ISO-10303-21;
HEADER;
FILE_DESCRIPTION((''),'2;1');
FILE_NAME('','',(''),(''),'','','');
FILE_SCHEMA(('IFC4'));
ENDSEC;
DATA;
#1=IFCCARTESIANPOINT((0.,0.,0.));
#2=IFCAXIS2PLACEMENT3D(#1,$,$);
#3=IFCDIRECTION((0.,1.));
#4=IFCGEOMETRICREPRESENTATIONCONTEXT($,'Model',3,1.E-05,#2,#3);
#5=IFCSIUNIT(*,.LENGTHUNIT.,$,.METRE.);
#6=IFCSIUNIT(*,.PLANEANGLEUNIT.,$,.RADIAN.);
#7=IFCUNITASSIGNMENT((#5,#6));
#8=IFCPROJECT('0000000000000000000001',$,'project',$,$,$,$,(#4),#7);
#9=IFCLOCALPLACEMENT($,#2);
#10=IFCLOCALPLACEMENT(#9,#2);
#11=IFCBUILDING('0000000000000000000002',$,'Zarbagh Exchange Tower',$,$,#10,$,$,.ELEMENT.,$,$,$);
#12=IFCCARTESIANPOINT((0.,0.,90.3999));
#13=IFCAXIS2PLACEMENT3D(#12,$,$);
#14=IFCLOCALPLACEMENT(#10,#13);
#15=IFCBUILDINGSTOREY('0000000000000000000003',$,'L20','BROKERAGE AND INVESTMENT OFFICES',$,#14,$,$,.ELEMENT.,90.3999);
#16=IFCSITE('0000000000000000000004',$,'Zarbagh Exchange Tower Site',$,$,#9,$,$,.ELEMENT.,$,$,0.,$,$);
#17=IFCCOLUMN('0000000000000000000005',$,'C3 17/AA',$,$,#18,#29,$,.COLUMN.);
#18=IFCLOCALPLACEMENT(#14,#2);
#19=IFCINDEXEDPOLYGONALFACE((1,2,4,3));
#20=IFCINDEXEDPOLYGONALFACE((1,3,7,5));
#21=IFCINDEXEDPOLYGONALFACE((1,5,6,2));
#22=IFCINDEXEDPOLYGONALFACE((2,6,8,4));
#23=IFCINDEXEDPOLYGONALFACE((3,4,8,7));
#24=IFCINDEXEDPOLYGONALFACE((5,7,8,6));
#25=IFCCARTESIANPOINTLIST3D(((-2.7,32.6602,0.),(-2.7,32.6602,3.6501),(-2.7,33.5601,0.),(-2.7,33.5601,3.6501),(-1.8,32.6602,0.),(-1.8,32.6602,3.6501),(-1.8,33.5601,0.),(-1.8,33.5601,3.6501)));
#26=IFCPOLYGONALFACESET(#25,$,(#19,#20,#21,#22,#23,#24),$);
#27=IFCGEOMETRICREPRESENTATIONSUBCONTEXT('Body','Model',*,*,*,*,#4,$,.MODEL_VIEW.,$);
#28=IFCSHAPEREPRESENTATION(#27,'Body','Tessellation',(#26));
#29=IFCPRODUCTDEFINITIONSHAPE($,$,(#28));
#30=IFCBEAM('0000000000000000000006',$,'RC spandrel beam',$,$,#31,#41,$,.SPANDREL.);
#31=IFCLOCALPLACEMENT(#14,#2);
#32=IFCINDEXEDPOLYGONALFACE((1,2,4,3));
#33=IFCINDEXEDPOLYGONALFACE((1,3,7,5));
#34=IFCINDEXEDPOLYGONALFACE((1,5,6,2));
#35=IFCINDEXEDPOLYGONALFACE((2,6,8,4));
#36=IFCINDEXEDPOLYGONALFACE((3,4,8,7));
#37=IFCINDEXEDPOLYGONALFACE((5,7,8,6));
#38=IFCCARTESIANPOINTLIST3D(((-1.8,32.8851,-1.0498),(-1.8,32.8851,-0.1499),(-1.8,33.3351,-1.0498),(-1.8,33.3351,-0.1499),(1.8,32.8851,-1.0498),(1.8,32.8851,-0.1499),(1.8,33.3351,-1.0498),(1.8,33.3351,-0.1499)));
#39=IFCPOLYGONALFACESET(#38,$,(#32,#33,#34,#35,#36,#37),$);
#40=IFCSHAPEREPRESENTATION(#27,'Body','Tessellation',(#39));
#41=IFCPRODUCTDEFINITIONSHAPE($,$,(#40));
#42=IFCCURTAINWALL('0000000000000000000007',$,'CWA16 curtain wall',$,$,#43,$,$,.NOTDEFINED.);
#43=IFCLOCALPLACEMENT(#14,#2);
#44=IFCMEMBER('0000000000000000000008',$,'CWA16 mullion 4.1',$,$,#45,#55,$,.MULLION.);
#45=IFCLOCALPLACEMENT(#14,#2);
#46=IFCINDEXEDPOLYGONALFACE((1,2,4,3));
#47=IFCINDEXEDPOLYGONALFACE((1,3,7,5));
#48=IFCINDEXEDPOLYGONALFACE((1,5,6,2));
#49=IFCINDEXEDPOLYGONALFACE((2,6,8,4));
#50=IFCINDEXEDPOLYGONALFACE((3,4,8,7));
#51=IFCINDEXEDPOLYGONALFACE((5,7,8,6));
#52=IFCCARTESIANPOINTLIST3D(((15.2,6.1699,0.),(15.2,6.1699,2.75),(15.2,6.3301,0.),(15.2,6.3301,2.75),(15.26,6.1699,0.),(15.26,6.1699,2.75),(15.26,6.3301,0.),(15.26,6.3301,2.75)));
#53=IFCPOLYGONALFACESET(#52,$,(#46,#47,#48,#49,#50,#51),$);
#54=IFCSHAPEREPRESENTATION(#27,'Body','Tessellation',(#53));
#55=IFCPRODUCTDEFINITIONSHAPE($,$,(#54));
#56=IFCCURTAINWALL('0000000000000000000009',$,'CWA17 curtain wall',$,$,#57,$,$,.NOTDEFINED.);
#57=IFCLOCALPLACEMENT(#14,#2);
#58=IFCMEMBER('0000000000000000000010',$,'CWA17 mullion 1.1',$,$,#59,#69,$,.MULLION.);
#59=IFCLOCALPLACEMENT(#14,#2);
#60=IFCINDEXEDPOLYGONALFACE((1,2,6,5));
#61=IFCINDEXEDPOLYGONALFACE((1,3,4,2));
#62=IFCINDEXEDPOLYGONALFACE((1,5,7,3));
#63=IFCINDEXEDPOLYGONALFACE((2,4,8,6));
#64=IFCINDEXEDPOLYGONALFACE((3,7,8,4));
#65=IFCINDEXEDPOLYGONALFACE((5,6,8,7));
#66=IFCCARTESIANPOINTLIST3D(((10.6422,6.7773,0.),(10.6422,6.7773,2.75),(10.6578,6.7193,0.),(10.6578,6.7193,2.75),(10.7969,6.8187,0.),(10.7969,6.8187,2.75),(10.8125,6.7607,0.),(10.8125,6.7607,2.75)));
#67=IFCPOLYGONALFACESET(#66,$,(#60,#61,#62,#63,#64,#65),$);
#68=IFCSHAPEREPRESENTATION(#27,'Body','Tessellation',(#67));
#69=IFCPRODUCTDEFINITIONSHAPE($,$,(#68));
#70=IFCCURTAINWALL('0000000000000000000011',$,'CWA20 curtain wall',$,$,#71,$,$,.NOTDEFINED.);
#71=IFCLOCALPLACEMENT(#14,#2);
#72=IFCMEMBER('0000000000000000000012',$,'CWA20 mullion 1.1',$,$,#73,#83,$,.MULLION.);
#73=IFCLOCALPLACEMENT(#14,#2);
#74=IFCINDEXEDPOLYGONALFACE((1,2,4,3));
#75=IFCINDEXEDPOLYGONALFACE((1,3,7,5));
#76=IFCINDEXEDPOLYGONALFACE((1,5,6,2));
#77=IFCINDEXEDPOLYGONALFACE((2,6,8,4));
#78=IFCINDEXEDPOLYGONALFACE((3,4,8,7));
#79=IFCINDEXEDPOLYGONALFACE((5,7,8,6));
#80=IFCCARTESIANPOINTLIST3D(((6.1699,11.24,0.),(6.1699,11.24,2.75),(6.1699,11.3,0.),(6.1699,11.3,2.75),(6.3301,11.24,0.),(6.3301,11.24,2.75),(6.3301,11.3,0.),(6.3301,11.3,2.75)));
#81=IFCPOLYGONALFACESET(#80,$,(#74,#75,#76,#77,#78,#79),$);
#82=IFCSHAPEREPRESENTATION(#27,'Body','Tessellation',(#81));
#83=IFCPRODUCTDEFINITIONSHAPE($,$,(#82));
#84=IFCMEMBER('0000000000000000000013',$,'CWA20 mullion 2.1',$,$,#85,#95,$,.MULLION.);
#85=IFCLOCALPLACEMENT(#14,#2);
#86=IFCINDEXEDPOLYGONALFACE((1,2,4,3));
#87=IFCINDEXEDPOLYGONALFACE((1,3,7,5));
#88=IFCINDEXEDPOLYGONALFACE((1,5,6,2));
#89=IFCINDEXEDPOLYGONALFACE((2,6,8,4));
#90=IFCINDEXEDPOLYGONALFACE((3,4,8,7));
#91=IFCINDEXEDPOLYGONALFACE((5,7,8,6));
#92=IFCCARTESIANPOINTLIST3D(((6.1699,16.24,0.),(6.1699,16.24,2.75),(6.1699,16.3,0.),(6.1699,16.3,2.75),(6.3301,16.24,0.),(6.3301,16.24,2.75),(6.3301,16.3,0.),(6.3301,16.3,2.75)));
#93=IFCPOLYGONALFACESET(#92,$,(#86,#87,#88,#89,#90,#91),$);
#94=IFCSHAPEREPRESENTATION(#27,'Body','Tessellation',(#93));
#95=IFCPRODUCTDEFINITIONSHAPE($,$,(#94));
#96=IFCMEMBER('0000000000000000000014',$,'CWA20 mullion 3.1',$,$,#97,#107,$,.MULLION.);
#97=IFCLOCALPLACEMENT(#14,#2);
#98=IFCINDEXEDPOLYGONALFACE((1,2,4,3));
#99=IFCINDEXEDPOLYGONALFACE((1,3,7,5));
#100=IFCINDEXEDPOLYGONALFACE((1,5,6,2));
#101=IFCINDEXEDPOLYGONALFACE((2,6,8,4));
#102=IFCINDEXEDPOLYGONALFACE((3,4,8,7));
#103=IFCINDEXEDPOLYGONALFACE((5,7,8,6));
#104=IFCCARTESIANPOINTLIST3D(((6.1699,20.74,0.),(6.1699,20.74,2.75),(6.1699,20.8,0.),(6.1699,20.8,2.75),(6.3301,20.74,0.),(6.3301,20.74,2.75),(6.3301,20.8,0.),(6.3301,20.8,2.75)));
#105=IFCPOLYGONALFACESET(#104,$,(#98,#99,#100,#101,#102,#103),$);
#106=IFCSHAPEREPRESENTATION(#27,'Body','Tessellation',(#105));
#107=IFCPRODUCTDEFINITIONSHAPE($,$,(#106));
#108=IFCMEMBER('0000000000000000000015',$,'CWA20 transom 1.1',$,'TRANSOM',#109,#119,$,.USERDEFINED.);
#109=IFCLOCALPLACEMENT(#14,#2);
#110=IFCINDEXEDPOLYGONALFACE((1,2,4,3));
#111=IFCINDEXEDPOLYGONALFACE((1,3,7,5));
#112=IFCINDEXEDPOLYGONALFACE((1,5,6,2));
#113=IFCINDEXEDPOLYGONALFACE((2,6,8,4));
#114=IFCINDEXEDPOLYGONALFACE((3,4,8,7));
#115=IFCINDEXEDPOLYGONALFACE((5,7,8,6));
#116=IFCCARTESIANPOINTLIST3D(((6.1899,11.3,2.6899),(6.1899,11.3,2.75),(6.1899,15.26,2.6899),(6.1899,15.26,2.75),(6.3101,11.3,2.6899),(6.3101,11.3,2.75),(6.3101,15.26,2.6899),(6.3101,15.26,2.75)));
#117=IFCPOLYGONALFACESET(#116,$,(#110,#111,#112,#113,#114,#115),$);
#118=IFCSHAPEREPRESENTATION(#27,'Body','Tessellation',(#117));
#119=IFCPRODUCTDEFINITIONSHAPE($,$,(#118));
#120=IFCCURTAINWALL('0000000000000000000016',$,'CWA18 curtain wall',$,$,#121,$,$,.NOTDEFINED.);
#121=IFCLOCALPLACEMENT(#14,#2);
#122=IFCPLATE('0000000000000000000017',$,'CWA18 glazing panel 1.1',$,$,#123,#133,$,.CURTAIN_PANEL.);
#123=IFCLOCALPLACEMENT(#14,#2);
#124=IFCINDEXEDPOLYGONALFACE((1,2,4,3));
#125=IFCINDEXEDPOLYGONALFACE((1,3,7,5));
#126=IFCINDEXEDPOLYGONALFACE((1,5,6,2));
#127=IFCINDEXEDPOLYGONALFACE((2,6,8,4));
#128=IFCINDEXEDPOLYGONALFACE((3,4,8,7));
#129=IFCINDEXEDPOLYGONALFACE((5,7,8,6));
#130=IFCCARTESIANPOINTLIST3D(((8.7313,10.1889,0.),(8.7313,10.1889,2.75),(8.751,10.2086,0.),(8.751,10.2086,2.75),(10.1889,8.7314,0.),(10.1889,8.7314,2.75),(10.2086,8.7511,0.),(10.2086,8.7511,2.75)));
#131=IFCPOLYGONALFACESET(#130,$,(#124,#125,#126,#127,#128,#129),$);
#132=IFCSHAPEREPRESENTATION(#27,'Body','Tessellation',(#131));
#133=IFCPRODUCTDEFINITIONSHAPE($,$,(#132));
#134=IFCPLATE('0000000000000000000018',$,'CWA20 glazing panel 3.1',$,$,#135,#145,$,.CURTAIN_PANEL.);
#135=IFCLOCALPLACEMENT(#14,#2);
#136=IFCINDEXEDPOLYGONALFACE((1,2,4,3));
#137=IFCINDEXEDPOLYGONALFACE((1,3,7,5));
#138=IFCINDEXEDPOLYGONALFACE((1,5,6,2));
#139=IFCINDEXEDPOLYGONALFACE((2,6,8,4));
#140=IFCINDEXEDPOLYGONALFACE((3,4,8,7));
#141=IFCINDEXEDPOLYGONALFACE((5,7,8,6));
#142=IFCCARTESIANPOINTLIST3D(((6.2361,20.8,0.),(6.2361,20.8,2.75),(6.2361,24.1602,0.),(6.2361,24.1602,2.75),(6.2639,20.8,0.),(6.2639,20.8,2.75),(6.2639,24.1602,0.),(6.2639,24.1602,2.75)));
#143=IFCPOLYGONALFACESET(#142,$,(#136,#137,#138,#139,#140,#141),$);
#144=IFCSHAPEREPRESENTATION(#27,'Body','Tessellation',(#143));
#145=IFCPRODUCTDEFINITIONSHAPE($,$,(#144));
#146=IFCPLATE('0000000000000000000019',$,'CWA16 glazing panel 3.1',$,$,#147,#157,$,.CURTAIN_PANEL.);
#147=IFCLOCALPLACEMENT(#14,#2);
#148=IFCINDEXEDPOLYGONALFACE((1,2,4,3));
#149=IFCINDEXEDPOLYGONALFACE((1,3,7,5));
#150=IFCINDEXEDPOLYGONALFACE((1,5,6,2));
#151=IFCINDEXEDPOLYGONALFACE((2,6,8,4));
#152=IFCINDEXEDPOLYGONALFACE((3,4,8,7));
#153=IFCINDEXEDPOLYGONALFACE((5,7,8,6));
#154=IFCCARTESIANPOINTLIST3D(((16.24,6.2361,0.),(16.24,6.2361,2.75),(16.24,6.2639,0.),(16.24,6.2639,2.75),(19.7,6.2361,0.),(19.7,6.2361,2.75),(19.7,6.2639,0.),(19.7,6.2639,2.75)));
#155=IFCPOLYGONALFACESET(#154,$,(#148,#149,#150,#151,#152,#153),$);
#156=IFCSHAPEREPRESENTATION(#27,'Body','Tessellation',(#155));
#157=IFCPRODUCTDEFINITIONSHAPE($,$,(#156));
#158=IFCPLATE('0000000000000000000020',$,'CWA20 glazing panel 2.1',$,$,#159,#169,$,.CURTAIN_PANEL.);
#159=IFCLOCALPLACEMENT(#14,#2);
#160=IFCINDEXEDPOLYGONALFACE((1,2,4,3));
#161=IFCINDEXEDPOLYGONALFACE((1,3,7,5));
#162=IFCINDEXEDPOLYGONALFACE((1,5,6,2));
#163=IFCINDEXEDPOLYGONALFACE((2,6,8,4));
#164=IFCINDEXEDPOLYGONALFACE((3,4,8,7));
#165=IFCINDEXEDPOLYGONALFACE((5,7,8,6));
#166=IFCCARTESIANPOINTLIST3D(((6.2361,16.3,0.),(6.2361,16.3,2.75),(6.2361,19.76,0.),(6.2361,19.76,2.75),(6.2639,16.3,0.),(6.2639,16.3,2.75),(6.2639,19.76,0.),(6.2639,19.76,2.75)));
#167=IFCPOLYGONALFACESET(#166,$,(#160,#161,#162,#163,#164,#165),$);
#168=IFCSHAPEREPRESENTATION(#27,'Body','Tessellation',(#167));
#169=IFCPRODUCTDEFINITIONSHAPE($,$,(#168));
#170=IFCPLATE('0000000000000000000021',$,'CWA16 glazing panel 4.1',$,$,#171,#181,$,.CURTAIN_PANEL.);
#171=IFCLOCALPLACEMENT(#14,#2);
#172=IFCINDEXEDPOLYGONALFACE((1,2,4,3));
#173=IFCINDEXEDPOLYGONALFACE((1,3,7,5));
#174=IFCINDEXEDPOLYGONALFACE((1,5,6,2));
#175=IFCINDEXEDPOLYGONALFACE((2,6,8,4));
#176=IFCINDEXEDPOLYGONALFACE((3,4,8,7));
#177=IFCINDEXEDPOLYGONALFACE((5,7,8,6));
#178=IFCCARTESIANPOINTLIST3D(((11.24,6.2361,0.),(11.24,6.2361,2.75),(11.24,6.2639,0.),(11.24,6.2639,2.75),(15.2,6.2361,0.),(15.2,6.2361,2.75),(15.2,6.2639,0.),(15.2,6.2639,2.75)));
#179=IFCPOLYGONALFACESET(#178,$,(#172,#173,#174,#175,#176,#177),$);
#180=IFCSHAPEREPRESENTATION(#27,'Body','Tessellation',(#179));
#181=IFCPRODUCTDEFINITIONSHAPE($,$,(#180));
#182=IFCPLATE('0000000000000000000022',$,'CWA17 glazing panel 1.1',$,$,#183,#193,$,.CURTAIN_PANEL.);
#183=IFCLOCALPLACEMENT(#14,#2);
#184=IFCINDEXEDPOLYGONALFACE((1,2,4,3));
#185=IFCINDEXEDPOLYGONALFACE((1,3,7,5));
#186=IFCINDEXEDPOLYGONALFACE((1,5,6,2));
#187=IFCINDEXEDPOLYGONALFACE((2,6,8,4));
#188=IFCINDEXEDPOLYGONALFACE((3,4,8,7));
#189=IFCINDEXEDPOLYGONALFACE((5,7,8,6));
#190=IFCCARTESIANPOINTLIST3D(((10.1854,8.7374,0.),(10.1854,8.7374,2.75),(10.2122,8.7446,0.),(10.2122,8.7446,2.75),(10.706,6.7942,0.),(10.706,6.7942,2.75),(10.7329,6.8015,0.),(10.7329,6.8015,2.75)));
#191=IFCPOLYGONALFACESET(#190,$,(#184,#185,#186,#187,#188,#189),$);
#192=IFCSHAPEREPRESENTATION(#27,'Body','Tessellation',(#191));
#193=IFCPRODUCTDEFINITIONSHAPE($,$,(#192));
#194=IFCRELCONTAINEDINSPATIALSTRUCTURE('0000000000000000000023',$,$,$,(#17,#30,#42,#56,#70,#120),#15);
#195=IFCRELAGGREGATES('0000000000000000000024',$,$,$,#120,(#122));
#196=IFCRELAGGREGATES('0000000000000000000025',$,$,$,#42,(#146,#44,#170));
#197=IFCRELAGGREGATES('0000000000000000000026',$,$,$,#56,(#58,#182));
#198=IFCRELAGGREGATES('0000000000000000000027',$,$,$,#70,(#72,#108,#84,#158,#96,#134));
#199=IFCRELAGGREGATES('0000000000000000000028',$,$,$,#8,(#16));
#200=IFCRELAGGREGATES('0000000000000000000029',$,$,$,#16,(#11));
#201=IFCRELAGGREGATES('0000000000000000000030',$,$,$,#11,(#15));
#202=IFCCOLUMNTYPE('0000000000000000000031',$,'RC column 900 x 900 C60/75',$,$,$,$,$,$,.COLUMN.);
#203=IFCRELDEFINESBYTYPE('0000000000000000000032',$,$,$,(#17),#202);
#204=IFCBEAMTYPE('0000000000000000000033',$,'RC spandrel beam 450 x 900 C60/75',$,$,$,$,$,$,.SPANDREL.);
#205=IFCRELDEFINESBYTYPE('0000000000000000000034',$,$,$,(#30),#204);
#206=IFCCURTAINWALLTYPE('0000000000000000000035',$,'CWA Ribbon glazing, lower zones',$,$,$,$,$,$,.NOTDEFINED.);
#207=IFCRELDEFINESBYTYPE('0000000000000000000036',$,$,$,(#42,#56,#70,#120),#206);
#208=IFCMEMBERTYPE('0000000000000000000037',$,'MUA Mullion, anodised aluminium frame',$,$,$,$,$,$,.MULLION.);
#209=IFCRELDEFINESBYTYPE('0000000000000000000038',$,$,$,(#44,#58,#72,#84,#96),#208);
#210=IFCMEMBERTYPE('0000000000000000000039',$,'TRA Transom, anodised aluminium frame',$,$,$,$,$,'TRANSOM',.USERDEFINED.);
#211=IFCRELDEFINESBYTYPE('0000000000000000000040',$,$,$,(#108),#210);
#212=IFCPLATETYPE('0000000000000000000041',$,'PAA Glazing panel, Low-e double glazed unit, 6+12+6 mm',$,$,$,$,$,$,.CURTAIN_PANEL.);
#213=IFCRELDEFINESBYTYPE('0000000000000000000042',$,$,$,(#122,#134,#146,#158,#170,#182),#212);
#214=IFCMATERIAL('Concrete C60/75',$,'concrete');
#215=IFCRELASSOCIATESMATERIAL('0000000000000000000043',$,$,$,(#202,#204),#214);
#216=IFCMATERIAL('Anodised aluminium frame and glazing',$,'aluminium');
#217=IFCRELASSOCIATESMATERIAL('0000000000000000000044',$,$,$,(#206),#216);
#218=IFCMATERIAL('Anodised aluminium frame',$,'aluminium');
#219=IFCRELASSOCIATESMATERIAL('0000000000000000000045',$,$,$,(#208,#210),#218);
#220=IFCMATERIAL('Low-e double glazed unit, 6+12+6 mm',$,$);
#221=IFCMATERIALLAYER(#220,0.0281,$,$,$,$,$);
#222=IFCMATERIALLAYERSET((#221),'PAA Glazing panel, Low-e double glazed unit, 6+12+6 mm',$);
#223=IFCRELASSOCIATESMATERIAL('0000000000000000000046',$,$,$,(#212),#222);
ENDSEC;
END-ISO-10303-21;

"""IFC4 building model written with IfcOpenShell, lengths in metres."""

from ifc_helpers import new_model, si_unit, direction, frame, origin, origin_2d, place, context, subcontext, project, spatial, polyline, rectangle, outline, extrude, source, transform, mapped, material, layer, layer_set, material_profile, profile_set, type_object, element, aggregate, save


model = new_model("IFC4")

# Units and contexts
model_context = context("Model", 3, precision=1e-05, world=origin(), true_north=direction((0.0, 1.0)))
body_context = subcontext(model_context, "Body", "Model", "MODEL_VIEW")
ifc_project = project(units=[si_unit("LENGTHUNIT", "METRE"), si_unit("PLANEANGLEUNIT", "RADIAN")], contexts=[model_context])

# Site, building, storey
site_placement = place(None, origin())
site = spatial("IfcSite", under=ifc_project, at=site_placement, Name="Zarbagh Exchange Tower Site", CompositionType="ELEMENT", RefElevation=0.0)
building_placement = place(site_placement, origin())
building = spatial("IfcBuilding", under=site, at=building_placement, Name="Zarbagh Exchange Tower", CompositionType="ELEMENT")
storey_placement = place(building_placement, frame((0.0, 0.0, 90.3999)))
storey = spatial("IfcBuildingStorey", under=building, at=storey_placement, Name="L20", Description="BROKERAGE AND INVESTMENT OFFICES", CompositionType="ELEMENT", Elevation=90.3999)

# Column
ifc_material_1 = material(Name="Concrete C60/75", Category="concrete")
ifc_material_profile_1 = material_profile(ifc_material_1, rectangle(XDim=0.8999, YDim=0.8999, at=origin_2d()), Name="RC column 900 x 900 C60/75")
ifc_profile_set_1 = profile_set([ifc_material_profile_1], Name="Concrete C60/75")
column_type = type_object("IfcColumnType", Name="RC column 900 x 900 C60/75", PredefinedType="COLUMN", material=ifc_profile_set_1)
column_placement = place(storey_placement, frame((-2.25, 33.1101, 0.0), z_axis=(0.0, 0.0, 1.0), x_axis=(1.0, 0.0, 0.0)))
element("IfcColumn", 1, at=column_placement, inside=storey, type_object=column_type, Name="C3 17/AA", PredefinedType="COLUMN", context=body_context, shape_type="SweptSolid", body=[
    extrude(rectangle(XDim=0.8999, YDim=0.8999, at=origin_2d()), origin(), (0.0, 0.0, 1.0), 3.6501),
])

# Beam
ifc_material_profile_2 = material_profile(ifc_material_1, rectangle(XDim=0.45, YDim=0.8999, at=origin_2d()), Name="RC spandrel beam 450 x 900 C60/75")
ifc_profile_set_2 = profile_set([ifc_material_profile_2], Name="Concrete C60/75")
beam_type = type_object("IfcBeamType", Name="RC spandrel beam 450 x 900 C60/75", PredefinedType="SPANDREL", material=ifc_profile_set_2)
beam_placement = place(storey_placement, frame((-1.8, 33.1101, -0.5999), z_axis=(1.0, 0.0, 0.0), x_axis=(0.0, 1.0, 0.0)))
element("IfcBeam", 2, at=beam_placement, inside=storey, type_object=beam_type, Name="RC spandrel beam", PredefinedType="SPANDREL", context=body_context, shape_type="SweptSolid", body=[
    extrude(rectangle(XDim=0.45, YDim=0.8999, at=origin_2d()), origin(), (0.0, 0.0, 1.0), 3.6001),
])

# Curtain walls, members
ifc_material_2 = material(Name="Anodised aluminium frame and glazing", Category="aluminium")
curtain_wall_type = type_object("IfcCurtainWallType", Name="CWA Ribbon glazing, lower zones", PredefinedType="NOTDEFINED", material=ifc_material_2)
curtain_wall_1_placement = place(storey_placement, origin())
curtain_wall_1 = element("IfcCurtainWall", 3, at=curtain_wall_1_placement, inside=storey, type_object=curtain_wall_type, Name="CWA16 curtain wall", PredefinedType="NOTDEFINED")
ifc_material_3 = material(Name="Anodised aluminium frame", Category="aluminium")
member_type_1 = type_object("IfcMemberType", Name="MUA Mullion, anodised aluminium frame", PredefinedType="MULLION", material=ifc_material_3)
shared_shape_1 = source(origin(), body_context, "Body", "SweptSolid", [
    extrude(outline(polyline([(0.0, -0.0801), (0.0601, -0.0801), (0.0601, 0.0801), (0.0, 0.0801), (0.0, -0.0801)])), origin(), (0.0, 0.0, 1.0), 2.75),
])
placement = place(storey_placement, origin())
member_1 = element("IfcMember", 4, at=placement, type_object=member_type_1, Name="CWA16 mullion 4.1", PredefinedType="MULLION", context=body_context, shape_type="MappedRepresentation", body=[
    mapped(shared_shape_1, transform((15.26, 6.25, 0.0), x_axis=(-1.0, 0.0, 0.0), y_axis=(0.0, -1.0, 0.0), z_axis=(0.0, 0.0, 1.0))),
])
curtain_wall_2_placement = place(storey_placement, origin())
curtain_wall_2 = element("IfcCurtainWall", 5, at=curtain_wall_2_placement, inside=storey, type_object=curtain_wall_type, Name="CWA17 curtain wall", PredefinedType="NOTDEFINED")
member_2 = element("IfcMember", 6, at=placement, type_object=member_type_1, Name="CWA17 mullion 1.1", PredefinedType="MULLION", context=body_context, shape_type="MappedRepresentation", body=[
    mapped(shared_shape_1, transform((10.7351, 6.74, 0.0), x_axis=(-0.258825, 0.965924, 0.0), y_axis=(-0.965924, -0.258825, 0.0), z_axis=(0.0, 0.0, 1.0))),
])

# Curtain wall, members
curtain_wall_3_placement = place(storey_placement, origin())
curtain_wall_3 = element("IfcCurtainWall", 7, at=curtain_wall_3_placement, inside=storey, type_object=curtain_wall_type, Name="CWA20 curtain wall", PredefinedType="NOTDEFINED")
member_3 = element("IfcMember", 8, at=placement, type_object=member_type_1, Name="CWA20 mullion 1.1", PredefinedType="MULLION", context=body_context, shape_type="MappedRepresentation", body=[
    mapped(shared_shape_1, transform((6.25, 11.24, 0.0), x_axis=(0.0, 1.0, 0.0), y_axis=(-1.0, 0.0, 0.0), z_axis=(0.0, 0.0, 1.0))),
])
member_4 = element("IfcMember", 9, at=placement, type_object=member_type_1, Name="CWA20 mullion 2.1", PredefinedType="MULLION", context=body_context, shape_type="MappedRepresentation", body=[
    mapped(shared_shape_1, transform((6.25, 16.24, 0.0), x_axis=(0.0, 1.0, 0.0), y_axis=(-1.0, 0.0, 0.0), z_axis=(0.0, 0.0, 1.0))),
])
member_5 = element("IfcMember", 10, at=placement, type_object=member_type_1, Name="CWA20 mullion 3.1", PredefinedType="MULLION", context=body_context, shape_type="MappedRepresentation", body=[
    mapped(shared_shape_1, transform((6.25, 20.74, 0.0), x_axis=(0.0, 1.0, 0.0), y_axis=(-1.0, 0.0, 0.0), z_axis=(0.0, 0.0, 1.0))),
])
member_type_2 = type_object("IfcMemberType", Name="TRA Transom, anodised aluminium frame", ElementType="TRANSOM", PredefinedType="USERDEFINED", material=ifc_material_3)
shared_shape_2 = source(origin(), body_context, "Body", "SweptSolid", [
    extrude(outline(polyline([(-0.0601, -0.0601), (0.0, -0.0601), (0.0, 0.0601), (-0.0601, 0.0601), (-0.0601, -0.0601)])), origin(), (0.0, 0.0, 1.0), 3.96),
])
member_6 = element("IfcMember", 11, at=placement, type_object=member_type_2, Name="CWA20 transom 1.1", ObjectType="TRANSOM", PredefinedType="USERDEFINED", context=body_context, shape_type="MappedRepresentation", body=[
    mapped(shared_shape_2, transform((6.25, 11.3, 2.75), x_axis=(0.0, 0.0, 1.0), y_axis=(1.0, 0.0, 0.0), z_axis=(0.0, 1.0, 0.0))),
])

# Curtain wall, plate
curtain_wall_4_placement = place(storey_placement, origin())
curtain_wall_4 = element("IfcCurtainWall", 12, at=curtain_wall_4_placement, inside=storey, type_object=curtain_wall_type, Name="CWA18 curtain wall", PredefinedType="NOTDEFINED")
ifc_material_4 = material(Name="Low-e double glazed unit, 6+12+6 mm")
ifc_layer_1 = layer(ifc_material_4, 0.0281)
ifc_layer_set_1 = layer_set([ifc_layer_1], Name="PAA Glazing panel, Low-e double glazed unit, 6+12+6 mm")
plate_type = type_object("IfcPlateType", Name="PAA Glazing panel, Low-e double glazed unit, 6+12+6 mm", PredefinedType="CURTAIN_PANEL", material=ifc_layer_set_1)
shared_shape_3 = source(origin(), body_context, "Body", "SweptSolid", [
    extrude(outline(polyline([(0.0, -0.0139), (2.0613, -0.0139), (2.0613, 0.0139), (0.0, 0.0139), (0.0, -0.0139)])), origin(), (0.0, 0.0, 1.0), 2.75),
])
plate_1 = element("IfcPlate", 13, at=placement, type_object=plate_type, Name="CWA18 glazing panel 1.1", PredefinedType="CURTAIN_PANEL", context=body_context, shape_type="MappedRepresentation", body=[
    mapped(shared_shape_3, transform((10.1987, 8.7412, 0.0), x_axis=(-0.707107, 0.707107, 0.0), y_axis=(-0.707107, -0.707107, 0.0), z_axis=(0.0, 0.0, 1.0))),
])
aggregate(curtain_wall_4, [plate_1])

# Plates
shared_shape_4 = source(origin(), body_context, "Body", "SweptSolid", [
    extrude(outline(polyline([(0.0, -0.0139), (3.3601, -0.0139), (3.3601, 0.0139), (0.0, 0.0139), (0.0, -0.0139)])), origin(), (0.0, 0.0, 1.0), 2.75),
])
plate_2 = element("IfcPlate", 14, at=placement, type_object=plate_type, Name="CWA20 glazing panel 3.1", PredefinedType="CURTAIN_PANEL", context=body_context, shape_type="MappedRepresentation", body=[
    mapped(shared_shape_4, transform((6.25, 20.8, 0.0), x_axis=(0.0, 1.0, 0.0), y_axis=(-1.0, 0.0, 0.0), z_axis=(0.0, 0.0, 1.0))),
])
shared_shape_5 = source(origin(), body_context, "Body", "SweptSolid", [
    extrude(outline(polyline([(0.0, -0.0139), (3.46, -0.0139), (3.46, 0.0139), (0.0, 0.0139), (0.0, -0.0139)])), origin(), (0.0, 0.0, 1.0), 2.75),
])
plate_3 = element("IfcPlate", 15, at=placement, type_object=plate_type, Name="CWA16 glazing panel 3.1", PredefinedType="CURTAIN_PANEL", context=body_context, shape_type="MappedRepresentation", body=[
    mapped(shared_shape_5, transform((19.7, 6.25, 0.0), x_axis=(-1.0, 0.0, 0.0), y_axis=(0.0, -1.0, 0.0), z_axis=(0.0, 0.0, 1.0))),
])
plate_4 = element("IfcPlate", 16, at=placement, type_object=plate_type, Name="CWA20 glazing panel 2.1", PredefinedType="CURTAIN_PANEL", context=body_context, shape_type="MappedRepresentation", body=[
    mapped(shared_shape_5, transform((6.25, 16.3, 0.0), x_axis=(0.0, 1.0, 0.0), y_axis=(-1.0, 0.0, 0.0), z_axis=(0.0, 0.0, 1.0))),
])
shared_shape_6 = source(origin(), body_context, "Body", "SweptSolid", [
    extrude(outline(polyline([(0.0, -0.0139), (3.96, -0.0139), (3.96, 0.0139), (0.0, 0.0139), (0.0, -0.0139)])), origin(), (0.0, 0.0, 1.0), 2.75),
])
plate_5 = element("IfcPlate", 17, at=placement, type_object=plate_type, Name="CWA16 glazing panel 4.1", PredefinedType="CURTAIN_PANEL", context=body_context, shape_type="MappedRepresentation", body=[
    mapped(shared_shape_6, transform((15.2, 6.25, 0.0), x_axis=(-1.0, 0.0, 0.0), y_axis=(0.0, -1.0, 0.0), z_axis=(0.0, 0.0, 1.0))),
])
aggregate(curtain_wall_1, [plate_3, member_1, plate_5])
shared_shape_7 = source(origin(), body_context, "Body", "SweptSolid", [
    extrude(outline(polyline([(0.0, -0.0139), (2.0117, -0.0139), (2.0117, 0.0139), (0.0, 0.0139), (0.0, -0.0139)])), origin(), (0.0, 0.0, 1.0), 2.75),
])
plate_6 = element("IfcPlate", 18, at=placement, type_object=plate_type, Name="CWA17 glazing panel 1.1", PredefinedType="CURTAIN_PANEL", context=body_context, shape_type="MappedRepresentation", body=[
    mapped(shared_shape_7, transform((10.7195, 6.7979, 0.0), x_axis=(-0.258825, 0.965924, 0.0), y_axis=(-0.965924, -0.258825, 0.0), z_axis=(0.0, 0.0, 1.0))),
])
aggregate(curtain_wall_2, [member_2, plate_6])

aggregate(curtain_wall_3, [member_3, member_6, member_4, plate_4, member_5, plate_2])

save(model, "model.ifc")
